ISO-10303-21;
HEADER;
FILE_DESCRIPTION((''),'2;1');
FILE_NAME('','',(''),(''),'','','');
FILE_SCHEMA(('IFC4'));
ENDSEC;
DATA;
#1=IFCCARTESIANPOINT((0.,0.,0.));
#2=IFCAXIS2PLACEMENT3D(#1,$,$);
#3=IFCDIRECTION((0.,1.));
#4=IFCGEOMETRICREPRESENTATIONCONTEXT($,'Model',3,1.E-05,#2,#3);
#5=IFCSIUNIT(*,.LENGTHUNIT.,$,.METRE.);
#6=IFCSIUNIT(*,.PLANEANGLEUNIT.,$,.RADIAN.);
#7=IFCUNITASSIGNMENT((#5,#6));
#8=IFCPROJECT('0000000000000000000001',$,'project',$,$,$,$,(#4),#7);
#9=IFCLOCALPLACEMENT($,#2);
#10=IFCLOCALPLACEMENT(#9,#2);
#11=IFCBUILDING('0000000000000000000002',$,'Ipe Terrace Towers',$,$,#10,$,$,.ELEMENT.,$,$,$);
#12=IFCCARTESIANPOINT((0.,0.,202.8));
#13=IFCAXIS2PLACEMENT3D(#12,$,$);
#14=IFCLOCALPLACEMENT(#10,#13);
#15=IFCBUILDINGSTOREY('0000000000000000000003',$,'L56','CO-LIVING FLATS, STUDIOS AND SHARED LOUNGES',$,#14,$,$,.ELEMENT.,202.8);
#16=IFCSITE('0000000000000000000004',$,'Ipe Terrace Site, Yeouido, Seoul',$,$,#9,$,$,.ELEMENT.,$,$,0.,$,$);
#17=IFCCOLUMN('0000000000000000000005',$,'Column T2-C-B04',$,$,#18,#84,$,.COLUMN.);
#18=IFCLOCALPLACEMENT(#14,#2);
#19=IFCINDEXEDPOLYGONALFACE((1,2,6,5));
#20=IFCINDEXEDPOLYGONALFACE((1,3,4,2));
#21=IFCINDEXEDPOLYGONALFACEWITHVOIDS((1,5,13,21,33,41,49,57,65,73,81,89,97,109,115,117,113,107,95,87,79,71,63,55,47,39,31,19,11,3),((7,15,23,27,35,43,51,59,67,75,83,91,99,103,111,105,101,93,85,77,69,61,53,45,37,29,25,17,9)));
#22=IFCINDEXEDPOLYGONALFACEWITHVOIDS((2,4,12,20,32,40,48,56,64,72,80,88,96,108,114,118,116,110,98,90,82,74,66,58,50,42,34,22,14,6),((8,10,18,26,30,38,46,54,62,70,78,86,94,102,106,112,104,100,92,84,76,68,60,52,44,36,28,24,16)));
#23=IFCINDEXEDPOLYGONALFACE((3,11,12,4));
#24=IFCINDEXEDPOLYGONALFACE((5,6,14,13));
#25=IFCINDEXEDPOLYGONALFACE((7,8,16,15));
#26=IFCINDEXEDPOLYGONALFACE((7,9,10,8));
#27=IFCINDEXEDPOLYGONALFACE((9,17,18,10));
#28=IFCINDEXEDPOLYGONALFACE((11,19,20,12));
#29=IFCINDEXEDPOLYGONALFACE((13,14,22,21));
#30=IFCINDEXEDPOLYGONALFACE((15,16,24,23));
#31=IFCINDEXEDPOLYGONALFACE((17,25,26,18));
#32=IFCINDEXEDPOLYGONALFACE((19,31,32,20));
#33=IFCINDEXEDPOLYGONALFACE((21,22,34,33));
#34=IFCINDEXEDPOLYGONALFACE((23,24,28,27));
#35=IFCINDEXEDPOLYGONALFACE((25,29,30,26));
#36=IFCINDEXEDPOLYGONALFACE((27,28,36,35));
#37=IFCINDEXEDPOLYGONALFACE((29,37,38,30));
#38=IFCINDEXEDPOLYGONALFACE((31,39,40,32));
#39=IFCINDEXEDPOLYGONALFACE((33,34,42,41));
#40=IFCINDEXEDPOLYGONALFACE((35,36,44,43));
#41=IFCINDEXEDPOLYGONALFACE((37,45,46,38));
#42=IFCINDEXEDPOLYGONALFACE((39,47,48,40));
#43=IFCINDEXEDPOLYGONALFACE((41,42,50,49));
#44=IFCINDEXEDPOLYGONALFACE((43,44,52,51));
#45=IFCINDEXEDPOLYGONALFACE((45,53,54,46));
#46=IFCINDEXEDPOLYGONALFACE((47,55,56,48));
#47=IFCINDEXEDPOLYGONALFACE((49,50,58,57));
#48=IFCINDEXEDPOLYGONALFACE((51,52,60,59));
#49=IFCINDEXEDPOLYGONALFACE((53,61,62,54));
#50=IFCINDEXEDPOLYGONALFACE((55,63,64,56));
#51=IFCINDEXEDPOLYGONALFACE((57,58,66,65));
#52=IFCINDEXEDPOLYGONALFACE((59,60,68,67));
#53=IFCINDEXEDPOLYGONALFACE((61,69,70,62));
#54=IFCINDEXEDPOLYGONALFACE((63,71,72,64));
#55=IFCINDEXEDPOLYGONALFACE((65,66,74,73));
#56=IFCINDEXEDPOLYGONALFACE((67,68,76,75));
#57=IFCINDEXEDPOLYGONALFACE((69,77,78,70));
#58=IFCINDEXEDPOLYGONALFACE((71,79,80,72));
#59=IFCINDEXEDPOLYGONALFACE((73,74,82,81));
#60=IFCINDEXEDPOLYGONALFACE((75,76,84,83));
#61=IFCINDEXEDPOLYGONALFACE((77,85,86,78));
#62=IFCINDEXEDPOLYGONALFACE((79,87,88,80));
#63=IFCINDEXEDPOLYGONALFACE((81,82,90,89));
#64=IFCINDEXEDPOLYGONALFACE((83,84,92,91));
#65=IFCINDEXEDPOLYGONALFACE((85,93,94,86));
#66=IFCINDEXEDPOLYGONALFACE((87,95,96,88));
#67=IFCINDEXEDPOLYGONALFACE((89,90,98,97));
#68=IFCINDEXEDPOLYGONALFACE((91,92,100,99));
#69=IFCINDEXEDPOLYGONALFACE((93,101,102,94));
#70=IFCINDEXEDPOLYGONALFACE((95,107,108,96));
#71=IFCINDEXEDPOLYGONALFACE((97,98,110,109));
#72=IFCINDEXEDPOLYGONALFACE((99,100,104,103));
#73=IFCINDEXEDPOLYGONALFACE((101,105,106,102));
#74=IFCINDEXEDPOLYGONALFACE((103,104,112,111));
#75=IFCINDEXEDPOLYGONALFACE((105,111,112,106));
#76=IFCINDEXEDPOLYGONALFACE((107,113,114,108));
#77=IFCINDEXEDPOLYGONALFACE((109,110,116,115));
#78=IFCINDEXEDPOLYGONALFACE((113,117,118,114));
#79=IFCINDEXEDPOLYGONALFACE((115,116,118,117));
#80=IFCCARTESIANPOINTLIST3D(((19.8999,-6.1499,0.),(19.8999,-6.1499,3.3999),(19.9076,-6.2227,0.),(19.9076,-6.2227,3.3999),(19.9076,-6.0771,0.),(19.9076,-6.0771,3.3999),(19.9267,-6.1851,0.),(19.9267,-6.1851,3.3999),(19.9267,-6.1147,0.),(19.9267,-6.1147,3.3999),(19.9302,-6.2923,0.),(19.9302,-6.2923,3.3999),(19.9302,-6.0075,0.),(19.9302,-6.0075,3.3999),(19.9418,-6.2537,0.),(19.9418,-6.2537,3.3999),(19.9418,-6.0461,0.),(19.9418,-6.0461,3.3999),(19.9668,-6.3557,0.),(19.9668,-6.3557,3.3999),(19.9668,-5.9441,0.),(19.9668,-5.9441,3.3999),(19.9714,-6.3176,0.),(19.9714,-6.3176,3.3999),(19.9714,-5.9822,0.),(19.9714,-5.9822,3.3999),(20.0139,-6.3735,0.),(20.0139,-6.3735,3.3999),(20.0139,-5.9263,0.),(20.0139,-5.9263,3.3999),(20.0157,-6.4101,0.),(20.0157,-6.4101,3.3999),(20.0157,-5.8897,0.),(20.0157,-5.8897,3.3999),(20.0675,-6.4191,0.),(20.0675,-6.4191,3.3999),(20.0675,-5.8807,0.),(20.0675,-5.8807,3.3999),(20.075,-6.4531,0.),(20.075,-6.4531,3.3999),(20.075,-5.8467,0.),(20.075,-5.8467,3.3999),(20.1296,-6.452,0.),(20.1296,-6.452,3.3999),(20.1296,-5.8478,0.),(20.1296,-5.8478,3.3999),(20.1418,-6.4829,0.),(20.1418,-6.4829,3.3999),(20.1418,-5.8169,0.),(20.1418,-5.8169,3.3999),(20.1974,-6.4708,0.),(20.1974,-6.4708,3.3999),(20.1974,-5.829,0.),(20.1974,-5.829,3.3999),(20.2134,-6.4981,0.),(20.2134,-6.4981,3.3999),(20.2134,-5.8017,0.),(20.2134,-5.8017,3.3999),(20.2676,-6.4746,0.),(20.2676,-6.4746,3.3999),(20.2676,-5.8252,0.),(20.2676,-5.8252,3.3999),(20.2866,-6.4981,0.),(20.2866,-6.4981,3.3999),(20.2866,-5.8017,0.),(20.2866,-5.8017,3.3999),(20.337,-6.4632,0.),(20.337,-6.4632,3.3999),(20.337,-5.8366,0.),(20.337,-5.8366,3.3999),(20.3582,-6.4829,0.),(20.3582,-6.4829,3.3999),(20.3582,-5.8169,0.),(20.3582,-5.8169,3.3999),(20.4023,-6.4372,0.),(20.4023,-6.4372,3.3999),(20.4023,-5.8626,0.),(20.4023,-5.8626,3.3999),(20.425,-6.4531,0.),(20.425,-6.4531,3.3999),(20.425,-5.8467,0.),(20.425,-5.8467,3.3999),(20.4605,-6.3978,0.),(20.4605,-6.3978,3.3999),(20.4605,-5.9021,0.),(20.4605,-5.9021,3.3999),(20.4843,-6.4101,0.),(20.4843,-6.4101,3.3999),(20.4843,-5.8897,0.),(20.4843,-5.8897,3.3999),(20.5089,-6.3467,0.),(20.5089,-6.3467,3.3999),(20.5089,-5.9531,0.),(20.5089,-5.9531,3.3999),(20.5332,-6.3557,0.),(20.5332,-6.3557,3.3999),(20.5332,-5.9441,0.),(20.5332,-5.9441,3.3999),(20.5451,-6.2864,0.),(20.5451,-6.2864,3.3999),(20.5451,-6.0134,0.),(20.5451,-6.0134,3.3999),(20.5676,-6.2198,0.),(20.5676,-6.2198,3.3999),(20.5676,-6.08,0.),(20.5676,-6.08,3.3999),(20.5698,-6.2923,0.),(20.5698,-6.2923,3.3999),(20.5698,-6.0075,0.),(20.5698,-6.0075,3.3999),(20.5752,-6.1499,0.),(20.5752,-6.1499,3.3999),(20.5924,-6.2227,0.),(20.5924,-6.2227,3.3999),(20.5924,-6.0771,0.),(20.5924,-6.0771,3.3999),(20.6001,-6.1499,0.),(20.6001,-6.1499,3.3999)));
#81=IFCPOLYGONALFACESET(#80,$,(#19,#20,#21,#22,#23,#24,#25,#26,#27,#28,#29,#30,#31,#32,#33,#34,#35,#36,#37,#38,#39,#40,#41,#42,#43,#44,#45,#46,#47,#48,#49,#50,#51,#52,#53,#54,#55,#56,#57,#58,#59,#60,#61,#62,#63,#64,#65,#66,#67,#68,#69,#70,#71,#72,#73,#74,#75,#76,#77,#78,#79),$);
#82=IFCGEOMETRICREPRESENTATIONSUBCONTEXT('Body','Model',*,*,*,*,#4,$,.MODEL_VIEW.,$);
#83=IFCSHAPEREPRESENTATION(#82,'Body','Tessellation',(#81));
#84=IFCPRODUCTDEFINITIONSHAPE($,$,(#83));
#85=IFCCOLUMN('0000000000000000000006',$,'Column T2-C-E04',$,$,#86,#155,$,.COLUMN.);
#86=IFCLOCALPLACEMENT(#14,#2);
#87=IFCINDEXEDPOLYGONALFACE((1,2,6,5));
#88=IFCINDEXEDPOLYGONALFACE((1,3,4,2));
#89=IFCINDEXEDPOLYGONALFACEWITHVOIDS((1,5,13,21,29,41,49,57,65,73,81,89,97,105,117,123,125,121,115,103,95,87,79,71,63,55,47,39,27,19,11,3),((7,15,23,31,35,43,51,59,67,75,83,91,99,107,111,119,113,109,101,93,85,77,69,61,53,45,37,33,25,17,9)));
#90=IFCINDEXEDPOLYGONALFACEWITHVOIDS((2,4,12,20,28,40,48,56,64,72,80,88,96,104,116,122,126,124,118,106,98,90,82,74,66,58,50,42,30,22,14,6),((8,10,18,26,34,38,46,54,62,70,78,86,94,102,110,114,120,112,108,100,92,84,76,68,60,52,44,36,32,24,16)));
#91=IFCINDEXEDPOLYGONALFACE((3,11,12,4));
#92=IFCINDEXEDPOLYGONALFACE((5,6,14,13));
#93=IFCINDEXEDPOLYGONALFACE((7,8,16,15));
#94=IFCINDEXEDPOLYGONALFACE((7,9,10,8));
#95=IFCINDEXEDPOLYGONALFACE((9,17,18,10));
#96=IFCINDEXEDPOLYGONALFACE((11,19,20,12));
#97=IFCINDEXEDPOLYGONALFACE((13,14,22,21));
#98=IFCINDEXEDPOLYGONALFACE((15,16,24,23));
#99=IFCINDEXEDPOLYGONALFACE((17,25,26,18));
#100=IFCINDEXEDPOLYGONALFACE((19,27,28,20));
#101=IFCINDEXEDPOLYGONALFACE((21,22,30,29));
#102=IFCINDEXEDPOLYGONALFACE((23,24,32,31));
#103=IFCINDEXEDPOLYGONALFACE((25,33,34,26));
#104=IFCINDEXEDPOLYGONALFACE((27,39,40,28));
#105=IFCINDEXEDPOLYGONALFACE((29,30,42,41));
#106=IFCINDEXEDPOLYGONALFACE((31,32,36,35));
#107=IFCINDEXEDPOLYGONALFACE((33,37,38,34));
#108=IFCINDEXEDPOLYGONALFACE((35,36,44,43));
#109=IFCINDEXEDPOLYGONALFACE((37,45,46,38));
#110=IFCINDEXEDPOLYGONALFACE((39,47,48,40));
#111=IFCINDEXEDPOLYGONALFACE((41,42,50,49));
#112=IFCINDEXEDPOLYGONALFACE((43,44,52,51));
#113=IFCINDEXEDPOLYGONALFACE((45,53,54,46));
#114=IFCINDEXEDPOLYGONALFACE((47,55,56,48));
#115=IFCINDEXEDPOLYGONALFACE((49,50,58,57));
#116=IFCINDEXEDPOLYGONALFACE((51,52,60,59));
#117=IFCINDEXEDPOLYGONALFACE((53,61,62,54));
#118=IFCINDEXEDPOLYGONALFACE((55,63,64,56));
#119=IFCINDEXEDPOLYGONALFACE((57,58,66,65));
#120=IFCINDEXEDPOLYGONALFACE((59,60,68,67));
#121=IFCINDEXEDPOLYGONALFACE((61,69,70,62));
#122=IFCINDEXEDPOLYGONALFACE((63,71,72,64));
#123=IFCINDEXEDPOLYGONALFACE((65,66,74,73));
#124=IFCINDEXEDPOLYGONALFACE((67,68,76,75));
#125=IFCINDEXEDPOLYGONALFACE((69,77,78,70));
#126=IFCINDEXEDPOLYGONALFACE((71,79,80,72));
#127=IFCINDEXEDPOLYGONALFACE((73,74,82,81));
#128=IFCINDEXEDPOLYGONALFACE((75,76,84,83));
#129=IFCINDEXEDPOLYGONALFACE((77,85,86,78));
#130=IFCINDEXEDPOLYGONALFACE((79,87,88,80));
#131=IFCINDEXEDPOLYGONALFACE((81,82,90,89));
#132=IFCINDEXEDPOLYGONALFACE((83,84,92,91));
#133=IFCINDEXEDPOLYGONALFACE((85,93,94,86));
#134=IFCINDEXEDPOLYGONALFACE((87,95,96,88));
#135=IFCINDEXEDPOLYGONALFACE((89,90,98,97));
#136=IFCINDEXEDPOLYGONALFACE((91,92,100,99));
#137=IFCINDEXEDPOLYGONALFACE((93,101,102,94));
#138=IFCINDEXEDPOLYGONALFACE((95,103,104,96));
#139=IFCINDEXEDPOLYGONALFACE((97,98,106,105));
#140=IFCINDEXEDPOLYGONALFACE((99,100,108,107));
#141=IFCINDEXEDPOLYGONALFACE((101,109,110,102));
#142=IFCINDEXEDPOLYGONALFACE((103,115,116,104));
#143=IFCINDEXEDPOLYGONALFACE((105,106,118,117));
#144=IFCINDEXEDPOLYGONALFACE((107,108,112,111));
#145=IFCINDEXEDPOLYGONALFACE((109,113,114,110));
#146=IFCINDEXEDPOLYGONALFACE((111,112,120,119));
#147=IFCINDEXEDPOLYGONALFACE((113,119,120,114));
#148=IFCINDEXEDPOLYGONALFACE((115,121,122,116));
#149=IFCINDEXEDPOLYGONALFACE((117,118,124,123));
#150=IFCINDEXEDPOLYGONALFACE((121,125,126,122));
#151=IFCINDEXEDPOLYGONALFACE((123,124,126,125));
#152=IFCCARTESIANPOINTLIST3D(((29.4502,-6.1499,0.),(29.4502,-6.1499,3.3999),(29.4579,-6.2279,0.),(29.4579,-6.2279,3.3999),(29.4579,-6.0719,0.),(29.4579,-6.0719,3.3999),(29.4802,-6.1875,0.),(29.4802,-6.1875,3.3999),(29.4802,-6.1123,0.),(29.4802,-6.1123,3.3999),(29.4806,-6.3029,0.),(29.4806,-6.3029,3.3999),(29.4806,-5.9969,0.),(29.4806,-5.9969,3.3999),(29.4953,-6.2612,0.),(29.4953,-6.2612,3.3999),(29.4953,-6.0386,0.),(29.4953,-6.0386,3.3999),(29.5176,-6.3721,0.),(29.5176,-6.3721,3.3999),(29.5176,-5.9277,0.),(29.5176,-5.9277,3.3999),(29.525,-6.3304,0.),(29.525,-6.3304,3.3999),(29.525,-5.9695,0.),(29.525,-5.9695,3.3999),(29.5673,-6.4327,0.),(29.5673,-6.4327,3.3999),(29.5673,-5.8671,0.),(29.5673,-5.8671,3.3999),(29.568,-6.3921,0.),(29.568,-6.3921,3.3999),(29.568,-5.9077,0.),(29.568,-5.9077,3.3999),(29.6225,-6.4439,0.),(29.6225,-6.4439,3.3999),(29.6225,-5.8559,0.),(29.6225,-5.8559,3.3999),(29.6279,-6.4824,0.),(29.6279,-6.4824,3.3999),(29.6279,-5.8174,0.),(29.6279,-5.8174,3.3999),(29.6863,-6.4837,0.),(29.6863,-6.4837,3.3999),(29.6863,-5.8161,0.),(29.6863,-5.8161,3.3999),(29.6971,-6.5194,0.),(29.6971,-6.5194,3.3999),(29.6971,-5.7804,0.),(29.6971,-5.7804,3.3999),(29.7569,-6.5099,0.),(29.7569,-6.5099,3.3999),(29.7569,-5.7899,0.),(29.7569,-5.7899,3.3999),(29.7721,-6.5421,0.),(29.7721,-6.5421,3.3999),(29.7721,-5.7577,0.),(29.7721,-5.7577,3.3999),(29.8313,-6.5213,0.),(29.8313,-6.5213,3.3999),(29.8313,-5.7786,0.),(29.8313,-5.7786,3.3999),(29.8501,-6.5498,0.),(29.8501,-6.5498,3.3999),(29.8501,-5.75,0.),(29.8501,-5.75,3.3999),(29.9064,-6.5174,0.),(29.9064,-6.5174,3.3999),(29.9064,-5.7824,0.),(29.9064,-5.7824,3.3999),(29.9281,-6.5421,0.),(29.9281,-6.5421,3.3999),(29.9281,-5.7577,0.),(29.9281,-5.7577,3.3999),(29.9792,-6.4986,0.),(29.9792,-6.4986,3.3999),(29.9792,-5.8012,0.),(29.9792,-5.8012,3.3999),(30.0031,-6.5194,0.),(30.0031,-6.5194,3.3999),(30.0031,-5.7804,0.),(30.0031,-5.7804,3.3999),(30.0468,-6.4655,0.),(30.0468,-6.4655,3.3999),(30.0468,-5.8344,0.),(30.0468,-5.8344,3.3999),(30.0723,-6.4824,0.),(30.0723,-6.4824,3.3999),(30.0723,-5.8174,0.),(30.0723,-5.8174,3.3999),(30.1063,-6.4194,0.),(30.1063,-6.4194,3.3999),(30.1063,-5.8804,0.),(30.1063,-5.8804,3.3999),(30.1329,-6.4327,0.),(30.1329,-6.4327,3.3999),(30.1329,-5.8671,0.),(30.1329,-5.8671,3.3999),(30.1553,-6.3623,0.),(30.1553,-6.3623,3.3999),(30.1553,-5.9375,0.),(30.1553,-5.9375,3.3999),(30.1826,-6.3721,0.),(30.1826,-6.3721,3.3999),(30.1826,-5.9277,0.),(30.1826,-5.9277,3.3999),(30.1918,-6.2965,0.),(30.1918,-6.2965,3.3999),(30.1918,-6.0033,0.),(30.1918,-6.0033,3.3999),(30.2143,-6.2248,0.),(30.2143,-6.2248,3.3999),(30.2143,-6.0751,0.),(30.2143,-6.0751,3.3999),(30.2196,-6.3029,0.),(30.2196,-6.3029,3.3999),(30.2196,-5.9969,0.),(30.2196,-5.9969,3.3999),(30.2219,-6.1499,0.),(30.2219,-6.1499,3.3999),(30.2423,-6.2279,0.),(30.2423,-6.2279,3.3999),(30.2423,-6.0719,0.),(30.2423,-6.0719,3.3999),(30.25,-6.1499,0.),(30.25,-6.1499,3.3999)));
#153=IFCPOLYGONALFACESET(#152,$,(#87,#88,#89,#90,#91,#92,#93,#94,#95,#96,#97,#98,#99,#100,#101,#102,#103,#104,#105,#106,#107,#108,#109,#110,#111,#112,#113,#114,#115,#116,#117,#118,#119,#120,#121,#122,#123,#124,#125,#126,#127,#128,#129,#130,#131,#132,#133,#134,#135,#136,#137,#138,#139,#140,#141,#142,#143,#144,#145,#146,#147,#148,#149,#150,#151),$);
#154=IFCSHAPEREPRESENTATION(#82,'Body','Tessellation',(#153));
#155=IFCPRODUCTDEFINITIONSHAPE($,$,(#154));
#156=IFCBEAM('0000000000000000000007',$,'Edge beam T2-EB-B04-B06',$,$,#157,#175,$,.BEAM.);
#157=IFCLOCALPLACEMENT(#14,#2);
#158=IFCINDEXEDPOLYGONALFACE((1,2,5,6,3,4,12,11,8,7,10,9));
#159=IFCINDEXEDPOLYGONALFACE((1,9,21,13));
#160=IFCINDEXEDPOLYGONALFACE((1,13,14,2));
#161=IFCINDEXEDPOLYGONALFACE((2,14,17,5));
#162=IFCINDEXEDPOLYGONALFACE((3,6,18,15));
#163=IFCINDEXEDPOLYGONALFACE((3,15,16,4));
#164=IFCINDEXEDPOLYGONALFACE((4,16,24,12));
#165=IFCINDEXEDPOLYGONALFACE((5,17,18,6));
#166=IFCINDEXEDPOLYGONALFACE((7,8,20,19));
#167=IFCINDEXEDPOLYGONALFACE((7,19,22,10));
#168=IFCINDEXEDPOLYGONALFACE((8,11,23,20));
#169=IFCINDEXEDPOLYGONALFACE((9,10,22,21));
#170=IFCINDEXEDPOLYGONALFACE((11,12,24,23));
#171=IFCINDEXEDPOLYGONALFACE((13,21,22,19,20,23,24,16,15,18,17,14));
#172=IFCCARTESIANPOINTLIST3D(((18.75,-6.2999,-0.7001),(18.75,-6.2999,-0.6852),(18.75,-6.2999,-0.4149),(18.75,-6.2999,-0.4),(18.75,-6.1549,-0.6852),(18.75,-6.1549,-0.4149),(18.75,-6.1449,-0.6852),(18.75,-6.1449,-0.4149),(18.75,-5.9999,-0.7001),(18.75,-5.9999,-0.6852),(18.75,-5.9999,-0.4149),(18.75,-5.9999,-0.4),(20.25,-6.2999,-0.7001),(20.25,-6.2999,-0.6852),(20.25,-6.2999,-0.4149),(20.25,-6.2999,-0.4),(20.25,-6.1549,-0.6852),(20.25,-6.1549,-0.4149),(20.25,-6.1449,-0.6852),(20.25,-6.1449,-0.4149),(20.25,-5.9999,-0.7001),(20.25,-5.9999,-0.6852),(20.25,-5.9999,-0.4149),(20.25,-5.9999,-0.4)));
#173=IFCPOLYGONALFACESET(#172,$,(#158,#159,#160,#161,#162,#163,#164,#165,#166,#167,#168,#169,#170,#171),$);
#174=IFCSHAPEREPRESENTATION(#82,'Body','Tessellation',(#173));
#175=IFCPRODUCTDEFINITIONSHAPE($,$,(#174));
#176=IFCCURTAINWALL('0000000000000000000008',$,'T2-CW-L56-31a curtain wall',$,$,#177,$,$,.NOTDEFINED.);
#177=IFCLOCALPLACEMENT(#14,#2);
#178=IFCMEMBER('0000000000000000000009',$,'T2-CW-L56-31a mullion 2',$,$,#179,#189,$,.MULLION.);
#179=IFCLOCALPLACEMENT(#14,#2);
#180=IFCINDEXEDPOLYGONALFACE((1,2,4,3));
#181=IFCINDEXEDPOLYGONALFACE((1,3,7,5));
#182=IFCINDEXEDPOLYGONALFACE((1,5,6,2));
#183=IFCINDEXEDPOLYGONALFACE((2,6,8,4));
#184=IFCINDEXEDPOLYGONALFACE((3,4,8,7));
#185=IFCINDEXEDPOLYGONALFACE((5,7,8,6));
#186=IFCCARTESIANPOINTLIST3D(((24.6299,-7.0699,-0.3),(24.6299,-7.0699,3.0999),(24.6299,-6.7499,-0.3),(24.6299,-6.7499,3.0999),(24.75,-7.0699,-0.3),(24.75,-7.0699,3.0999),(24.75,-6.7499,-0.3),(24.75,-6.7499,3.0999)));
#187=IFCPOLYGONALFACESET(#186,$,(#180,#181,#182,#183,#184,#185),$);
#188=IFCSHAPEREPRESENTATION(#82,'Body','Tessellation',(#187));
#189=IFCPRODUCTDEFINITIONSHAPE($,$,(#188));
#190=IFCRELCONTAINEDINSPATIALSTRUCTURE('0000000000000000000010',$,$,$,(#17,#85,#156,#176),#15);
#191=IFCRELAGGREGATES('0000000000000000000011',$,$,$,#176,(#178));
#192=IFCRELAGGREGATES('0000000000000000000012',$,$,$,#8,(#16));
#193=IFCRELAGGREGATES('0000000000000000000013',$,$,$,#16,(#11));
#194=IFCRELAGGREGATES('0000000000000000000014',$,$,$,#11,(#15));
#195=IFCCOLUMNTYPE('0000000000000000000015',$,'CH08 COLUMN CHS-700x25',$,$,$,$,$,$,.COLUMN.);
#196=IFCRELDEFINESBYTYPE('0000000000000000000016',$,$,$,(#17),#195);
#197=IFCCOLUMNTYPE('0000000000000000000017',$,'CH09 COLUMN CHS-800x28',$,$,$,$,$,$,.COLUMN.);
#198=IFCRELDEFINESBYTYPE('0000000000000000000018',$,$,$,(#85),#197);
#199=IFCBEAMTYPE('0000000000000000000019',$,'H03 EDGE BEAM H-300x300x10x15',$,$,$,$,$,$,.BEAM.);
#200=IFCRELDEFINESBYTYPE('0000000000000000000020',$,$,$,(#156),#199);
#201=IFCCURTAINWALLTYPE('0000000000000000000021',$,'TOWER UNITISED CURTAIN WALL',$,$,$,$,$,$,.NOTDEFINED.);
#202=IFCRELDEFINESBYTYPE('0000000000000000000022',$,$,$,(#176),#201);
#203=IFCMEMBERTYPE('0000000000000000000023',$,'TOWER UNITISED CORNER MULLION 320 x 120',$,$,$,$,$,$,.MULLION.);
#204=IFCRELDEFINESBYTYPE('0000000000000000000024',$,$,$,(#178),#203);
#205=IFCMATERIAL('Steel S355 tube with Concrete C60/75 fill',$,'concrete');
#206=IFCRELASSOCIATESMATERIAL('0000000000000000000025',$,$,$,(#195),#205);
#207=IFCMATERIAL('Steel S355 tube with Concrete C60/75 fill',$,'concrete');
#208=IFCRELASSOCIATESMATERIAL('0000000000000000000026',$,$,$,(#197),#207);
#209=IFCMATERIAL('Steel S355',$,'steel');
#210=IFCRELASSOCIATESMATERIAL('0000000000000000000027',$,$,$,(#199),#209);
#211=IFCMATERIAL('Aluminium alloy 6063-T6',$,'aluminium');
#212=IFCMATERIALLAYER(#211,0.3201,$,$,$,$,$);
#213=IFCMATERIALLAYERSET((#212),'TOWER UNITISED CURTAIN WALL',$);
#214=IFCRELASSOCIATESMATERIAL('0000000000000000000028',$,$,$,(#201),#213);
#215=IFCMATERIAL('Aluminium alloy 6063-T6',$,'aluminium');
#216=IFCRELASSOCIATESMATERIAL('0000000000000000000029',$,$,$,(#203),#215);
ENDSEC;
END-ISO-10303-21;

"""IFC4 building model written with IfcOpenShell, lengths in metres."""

from ifc_helpers import new_model, si_unit, direction, frame, origin, origin_2d, place, context, subcontext, project, spatial, rectangle, hollow_circle, i_section, extrude, material, layer, layer_set, material_profile, profile_set, type_object, element, aggregate, save


model = new_model("IFC4")

# Units and contexts
model_context = context("Model", 3, precision=1e-05, world=origin(), true_north=direction((0.0, 1.0)))
body_context = subcontext(model_context, "Body", "Model", "MODEL_VIEW")
ifc_project = project(units=[si_unit("LENGTHUNIT", "METRE"), si_unit("PLANEANGLEUNIT", "RADIAN")], contexts=[model_context])

# Site, building, storey
site_placement = place(None, origin())
site = spatial("IfcSite", under=ifc_project, at=site_placement, Name="Ipe Terrace Site, Yeouido, Seoul", CompositionType="ELEMENT", RefElevation=0.0)
building_placement = place(site_placement, origin())
building = spatial("IfcBuilding", under=site, at=building_placement, Name="Ipe Terrace Towers", CompositionType="ELEMENT")
storey_placement = place(building_placement, frame((0.0, 0.0, 202.8)))
storey = spatial("IfcBuildingStorey", under=building, at=storey_placement, Name="L56", Description="CO-LIVING FLATS, STUDIOS AND SHARED LOUNGES", CompositionType="ELEMENT", Elevation=202.8)

# Columns
ifc_material_1 = material(Name="Steel S355 tube with Concrete C60/75 fill", Category="concrete")
ifc_material_profile_1 = material_profile(ifc_material_1, hollow_circle(Radius=0.3501, WallThickness=0.0249, at=origin_2d()), Name="CHS-700x25")
ifc_profile_set_1 = profile_set([ifc_material_profile_1], Name="Steel S355 tube with Concrete C60/75 fill")
column_type_1 = type_object("IfcColumnType", Name="CH08 COLUMN CHS-700x25", PredefinedType="COLUMN", material=ifc_profile_set_1)
column_1_placement = place(storey_placement, frame((20.25, -6.1499, 0.0), z_axis=(0.0, 0.0, 1.0), x_axis=(1.0, 0.0, 0.0)))
element("IfcColumn", 1, at=column_1_placement, inside=storey, type_object=column_type_1, Name="Column T2-C-B04", PredefinedType="COLUMN", context=body_context, shape_type="SweptSolid", body=[
    extrude(hollow_circle(Radius=0.3501, WallThickness=0.0249, at=origin_2d()), origin(), (0.0, 0.0, 1.0), 3.3999),
])
ifc_material_2 = material(Name="Steel S355 tube with Concrete C60/75 fill", Category="concrete")
ifc_material_profile_2 = material_profile(ifc_material_2, hollow_circle(Radius=0.3999, WallThickness=0.0281, at=origin_2d()), Name="CHS-800x28")
ifc_profile_set_2 = profile_set([ifc_material_profile_2], Name="Steel S355 tube with Concrete C60/75 fill")
column_type_2 = type_object("IfcColumnType", Name="CH09 COLUMN CHS-800x28", PredefinedType="COLUMN", material=ifc_profile_set_2)
column_2_placement = place(storey_placement, frame((29.8501, -6.1499, 0.0), z_axis=(0.0, 0.0, 1.0), x_axis=(1.0, 0.0, 0.0)))
element("IfcColumn", 2, at=column_2_placement, inside=storey, type_object=column_type_2, Name="Column T2-C-E04", PredefinedType="COLUMN", context=body_context, shape_type="SweptSolid", body=[
    extrude(hollow_circle(Radius=0.3999, WallThickness=0.0281, at=origin_2d()), origin(), (0.0, 0.0, 1.0), 3.3999),
])

# Beam
ifc_material_3 = material(Name="Steel S355", Category="steel")
ifc_material_profile_3 = material_profile(ifc_material_3, i_section(OverallWidth=0.3, OverallDepth=0.3, WebThickness=0.01, FlangeThickness=0.0149, at=origin_2d()), Name="H-300x300x10x15")
ifc_profile_set_3 = profile_set([ifc_material_profile_3], Name="Steel S355")
beam_type = type_object("IfcBeamType", Name="H03 EDGE BEAM H-300x300x10x15", PredefinedType="BEAM", material=ifc_profile_set_3)
beam_placement = place(storey_placement, frame((20.25, -6.1499, -0.55), z_axis=(-1.0, 0.0, 0.0), x_axis=(0.0, -1.0, 0.0)))
element("IfcBeam", 3, at=beam_placement, inside=storey, type_object=beam_type, Name="Edge beam T2-EB-B04-B06", PredefinedType="BEAM", context=body_context, shape_type="SweptSolid", body=[
    extrude(i_section(OverallWidth=0.3, OverallDepth=0.3, WebThickness=0.01, FlangeThickness=0.0149, at=origin_2d()), origin(), (0.0, 0.0, 1.0), 1.5),
])

# Curtain wall, member
ifc_material_4 = material(Name="Aluminium alloy 6063-T6", Category="aluminium")
ifc_layer_1 = layer(ifc_material_4, 0.3201)
ifc_layer_set_1 = layer_set([ifc_layer_1], Name="TOWER UNITISED CURTAIN WALL")
curtain_wall_type = type_object("IfcCurtainWallType", Name="TOWER UNITISED CURTAIN WALL", PredefinedType="NOTDEFINED", material=ifc_layer_set_1)
curtain_wall_1_placement = place(storey_placement, origin())
curtain_wall_1 = element("IfcCurtainWall", 4, at=curtain_wall_1_placement, inside=storey, type_object=curtain_wall_type, Name="T2-CW-L56-31a curtain wall", PredefinedType="NOTDEFINED")
ifc_material_5 = material(Name="Aluminium alloy 6063-T6", Category="aluminium")
ifc_material_profile_4 = material_profile(ifc_material_5, rectangle(XDim=0.3201, YDim=0.1201, at=origin_2d()), Name="TOWER UNITISED CORNER MULLION 320 x 120")
ifc_profile_set_4 = profile_set([ifc_material_profile_4], Name="Aluminium alloy 6063-T6")
member_type = type_object("IfcMemberType", Name="TOWER UNITISED CORNER MULLION 320 x 120", PredefinedType="MULLION", material=ifc_profile_set_4)
member_1_placement = place(storey_placement, frame((24.6899, -6.9099, -0.3), z_axis=(0.0, 0.0, 1.0), x_axis=(0.0, -1.0, 0.0)))
member_1 = element("IfcMember", 5, at=member_1_placement, type_object=member_type, Name="T2-CW-L56-31a mullion 2", PredefinedType="MULLION", context=body_context, shape_type="SweptSolid", body=[
    extrude(rectangle(XDim=0.3201, YDim=0.1201, at=origin_2d()), origin(), (0.0, 0.0, 1.0), 3.3999),
])

aggregate(curtain_wall_1, [member_1])

save(model, "model.ifc")
